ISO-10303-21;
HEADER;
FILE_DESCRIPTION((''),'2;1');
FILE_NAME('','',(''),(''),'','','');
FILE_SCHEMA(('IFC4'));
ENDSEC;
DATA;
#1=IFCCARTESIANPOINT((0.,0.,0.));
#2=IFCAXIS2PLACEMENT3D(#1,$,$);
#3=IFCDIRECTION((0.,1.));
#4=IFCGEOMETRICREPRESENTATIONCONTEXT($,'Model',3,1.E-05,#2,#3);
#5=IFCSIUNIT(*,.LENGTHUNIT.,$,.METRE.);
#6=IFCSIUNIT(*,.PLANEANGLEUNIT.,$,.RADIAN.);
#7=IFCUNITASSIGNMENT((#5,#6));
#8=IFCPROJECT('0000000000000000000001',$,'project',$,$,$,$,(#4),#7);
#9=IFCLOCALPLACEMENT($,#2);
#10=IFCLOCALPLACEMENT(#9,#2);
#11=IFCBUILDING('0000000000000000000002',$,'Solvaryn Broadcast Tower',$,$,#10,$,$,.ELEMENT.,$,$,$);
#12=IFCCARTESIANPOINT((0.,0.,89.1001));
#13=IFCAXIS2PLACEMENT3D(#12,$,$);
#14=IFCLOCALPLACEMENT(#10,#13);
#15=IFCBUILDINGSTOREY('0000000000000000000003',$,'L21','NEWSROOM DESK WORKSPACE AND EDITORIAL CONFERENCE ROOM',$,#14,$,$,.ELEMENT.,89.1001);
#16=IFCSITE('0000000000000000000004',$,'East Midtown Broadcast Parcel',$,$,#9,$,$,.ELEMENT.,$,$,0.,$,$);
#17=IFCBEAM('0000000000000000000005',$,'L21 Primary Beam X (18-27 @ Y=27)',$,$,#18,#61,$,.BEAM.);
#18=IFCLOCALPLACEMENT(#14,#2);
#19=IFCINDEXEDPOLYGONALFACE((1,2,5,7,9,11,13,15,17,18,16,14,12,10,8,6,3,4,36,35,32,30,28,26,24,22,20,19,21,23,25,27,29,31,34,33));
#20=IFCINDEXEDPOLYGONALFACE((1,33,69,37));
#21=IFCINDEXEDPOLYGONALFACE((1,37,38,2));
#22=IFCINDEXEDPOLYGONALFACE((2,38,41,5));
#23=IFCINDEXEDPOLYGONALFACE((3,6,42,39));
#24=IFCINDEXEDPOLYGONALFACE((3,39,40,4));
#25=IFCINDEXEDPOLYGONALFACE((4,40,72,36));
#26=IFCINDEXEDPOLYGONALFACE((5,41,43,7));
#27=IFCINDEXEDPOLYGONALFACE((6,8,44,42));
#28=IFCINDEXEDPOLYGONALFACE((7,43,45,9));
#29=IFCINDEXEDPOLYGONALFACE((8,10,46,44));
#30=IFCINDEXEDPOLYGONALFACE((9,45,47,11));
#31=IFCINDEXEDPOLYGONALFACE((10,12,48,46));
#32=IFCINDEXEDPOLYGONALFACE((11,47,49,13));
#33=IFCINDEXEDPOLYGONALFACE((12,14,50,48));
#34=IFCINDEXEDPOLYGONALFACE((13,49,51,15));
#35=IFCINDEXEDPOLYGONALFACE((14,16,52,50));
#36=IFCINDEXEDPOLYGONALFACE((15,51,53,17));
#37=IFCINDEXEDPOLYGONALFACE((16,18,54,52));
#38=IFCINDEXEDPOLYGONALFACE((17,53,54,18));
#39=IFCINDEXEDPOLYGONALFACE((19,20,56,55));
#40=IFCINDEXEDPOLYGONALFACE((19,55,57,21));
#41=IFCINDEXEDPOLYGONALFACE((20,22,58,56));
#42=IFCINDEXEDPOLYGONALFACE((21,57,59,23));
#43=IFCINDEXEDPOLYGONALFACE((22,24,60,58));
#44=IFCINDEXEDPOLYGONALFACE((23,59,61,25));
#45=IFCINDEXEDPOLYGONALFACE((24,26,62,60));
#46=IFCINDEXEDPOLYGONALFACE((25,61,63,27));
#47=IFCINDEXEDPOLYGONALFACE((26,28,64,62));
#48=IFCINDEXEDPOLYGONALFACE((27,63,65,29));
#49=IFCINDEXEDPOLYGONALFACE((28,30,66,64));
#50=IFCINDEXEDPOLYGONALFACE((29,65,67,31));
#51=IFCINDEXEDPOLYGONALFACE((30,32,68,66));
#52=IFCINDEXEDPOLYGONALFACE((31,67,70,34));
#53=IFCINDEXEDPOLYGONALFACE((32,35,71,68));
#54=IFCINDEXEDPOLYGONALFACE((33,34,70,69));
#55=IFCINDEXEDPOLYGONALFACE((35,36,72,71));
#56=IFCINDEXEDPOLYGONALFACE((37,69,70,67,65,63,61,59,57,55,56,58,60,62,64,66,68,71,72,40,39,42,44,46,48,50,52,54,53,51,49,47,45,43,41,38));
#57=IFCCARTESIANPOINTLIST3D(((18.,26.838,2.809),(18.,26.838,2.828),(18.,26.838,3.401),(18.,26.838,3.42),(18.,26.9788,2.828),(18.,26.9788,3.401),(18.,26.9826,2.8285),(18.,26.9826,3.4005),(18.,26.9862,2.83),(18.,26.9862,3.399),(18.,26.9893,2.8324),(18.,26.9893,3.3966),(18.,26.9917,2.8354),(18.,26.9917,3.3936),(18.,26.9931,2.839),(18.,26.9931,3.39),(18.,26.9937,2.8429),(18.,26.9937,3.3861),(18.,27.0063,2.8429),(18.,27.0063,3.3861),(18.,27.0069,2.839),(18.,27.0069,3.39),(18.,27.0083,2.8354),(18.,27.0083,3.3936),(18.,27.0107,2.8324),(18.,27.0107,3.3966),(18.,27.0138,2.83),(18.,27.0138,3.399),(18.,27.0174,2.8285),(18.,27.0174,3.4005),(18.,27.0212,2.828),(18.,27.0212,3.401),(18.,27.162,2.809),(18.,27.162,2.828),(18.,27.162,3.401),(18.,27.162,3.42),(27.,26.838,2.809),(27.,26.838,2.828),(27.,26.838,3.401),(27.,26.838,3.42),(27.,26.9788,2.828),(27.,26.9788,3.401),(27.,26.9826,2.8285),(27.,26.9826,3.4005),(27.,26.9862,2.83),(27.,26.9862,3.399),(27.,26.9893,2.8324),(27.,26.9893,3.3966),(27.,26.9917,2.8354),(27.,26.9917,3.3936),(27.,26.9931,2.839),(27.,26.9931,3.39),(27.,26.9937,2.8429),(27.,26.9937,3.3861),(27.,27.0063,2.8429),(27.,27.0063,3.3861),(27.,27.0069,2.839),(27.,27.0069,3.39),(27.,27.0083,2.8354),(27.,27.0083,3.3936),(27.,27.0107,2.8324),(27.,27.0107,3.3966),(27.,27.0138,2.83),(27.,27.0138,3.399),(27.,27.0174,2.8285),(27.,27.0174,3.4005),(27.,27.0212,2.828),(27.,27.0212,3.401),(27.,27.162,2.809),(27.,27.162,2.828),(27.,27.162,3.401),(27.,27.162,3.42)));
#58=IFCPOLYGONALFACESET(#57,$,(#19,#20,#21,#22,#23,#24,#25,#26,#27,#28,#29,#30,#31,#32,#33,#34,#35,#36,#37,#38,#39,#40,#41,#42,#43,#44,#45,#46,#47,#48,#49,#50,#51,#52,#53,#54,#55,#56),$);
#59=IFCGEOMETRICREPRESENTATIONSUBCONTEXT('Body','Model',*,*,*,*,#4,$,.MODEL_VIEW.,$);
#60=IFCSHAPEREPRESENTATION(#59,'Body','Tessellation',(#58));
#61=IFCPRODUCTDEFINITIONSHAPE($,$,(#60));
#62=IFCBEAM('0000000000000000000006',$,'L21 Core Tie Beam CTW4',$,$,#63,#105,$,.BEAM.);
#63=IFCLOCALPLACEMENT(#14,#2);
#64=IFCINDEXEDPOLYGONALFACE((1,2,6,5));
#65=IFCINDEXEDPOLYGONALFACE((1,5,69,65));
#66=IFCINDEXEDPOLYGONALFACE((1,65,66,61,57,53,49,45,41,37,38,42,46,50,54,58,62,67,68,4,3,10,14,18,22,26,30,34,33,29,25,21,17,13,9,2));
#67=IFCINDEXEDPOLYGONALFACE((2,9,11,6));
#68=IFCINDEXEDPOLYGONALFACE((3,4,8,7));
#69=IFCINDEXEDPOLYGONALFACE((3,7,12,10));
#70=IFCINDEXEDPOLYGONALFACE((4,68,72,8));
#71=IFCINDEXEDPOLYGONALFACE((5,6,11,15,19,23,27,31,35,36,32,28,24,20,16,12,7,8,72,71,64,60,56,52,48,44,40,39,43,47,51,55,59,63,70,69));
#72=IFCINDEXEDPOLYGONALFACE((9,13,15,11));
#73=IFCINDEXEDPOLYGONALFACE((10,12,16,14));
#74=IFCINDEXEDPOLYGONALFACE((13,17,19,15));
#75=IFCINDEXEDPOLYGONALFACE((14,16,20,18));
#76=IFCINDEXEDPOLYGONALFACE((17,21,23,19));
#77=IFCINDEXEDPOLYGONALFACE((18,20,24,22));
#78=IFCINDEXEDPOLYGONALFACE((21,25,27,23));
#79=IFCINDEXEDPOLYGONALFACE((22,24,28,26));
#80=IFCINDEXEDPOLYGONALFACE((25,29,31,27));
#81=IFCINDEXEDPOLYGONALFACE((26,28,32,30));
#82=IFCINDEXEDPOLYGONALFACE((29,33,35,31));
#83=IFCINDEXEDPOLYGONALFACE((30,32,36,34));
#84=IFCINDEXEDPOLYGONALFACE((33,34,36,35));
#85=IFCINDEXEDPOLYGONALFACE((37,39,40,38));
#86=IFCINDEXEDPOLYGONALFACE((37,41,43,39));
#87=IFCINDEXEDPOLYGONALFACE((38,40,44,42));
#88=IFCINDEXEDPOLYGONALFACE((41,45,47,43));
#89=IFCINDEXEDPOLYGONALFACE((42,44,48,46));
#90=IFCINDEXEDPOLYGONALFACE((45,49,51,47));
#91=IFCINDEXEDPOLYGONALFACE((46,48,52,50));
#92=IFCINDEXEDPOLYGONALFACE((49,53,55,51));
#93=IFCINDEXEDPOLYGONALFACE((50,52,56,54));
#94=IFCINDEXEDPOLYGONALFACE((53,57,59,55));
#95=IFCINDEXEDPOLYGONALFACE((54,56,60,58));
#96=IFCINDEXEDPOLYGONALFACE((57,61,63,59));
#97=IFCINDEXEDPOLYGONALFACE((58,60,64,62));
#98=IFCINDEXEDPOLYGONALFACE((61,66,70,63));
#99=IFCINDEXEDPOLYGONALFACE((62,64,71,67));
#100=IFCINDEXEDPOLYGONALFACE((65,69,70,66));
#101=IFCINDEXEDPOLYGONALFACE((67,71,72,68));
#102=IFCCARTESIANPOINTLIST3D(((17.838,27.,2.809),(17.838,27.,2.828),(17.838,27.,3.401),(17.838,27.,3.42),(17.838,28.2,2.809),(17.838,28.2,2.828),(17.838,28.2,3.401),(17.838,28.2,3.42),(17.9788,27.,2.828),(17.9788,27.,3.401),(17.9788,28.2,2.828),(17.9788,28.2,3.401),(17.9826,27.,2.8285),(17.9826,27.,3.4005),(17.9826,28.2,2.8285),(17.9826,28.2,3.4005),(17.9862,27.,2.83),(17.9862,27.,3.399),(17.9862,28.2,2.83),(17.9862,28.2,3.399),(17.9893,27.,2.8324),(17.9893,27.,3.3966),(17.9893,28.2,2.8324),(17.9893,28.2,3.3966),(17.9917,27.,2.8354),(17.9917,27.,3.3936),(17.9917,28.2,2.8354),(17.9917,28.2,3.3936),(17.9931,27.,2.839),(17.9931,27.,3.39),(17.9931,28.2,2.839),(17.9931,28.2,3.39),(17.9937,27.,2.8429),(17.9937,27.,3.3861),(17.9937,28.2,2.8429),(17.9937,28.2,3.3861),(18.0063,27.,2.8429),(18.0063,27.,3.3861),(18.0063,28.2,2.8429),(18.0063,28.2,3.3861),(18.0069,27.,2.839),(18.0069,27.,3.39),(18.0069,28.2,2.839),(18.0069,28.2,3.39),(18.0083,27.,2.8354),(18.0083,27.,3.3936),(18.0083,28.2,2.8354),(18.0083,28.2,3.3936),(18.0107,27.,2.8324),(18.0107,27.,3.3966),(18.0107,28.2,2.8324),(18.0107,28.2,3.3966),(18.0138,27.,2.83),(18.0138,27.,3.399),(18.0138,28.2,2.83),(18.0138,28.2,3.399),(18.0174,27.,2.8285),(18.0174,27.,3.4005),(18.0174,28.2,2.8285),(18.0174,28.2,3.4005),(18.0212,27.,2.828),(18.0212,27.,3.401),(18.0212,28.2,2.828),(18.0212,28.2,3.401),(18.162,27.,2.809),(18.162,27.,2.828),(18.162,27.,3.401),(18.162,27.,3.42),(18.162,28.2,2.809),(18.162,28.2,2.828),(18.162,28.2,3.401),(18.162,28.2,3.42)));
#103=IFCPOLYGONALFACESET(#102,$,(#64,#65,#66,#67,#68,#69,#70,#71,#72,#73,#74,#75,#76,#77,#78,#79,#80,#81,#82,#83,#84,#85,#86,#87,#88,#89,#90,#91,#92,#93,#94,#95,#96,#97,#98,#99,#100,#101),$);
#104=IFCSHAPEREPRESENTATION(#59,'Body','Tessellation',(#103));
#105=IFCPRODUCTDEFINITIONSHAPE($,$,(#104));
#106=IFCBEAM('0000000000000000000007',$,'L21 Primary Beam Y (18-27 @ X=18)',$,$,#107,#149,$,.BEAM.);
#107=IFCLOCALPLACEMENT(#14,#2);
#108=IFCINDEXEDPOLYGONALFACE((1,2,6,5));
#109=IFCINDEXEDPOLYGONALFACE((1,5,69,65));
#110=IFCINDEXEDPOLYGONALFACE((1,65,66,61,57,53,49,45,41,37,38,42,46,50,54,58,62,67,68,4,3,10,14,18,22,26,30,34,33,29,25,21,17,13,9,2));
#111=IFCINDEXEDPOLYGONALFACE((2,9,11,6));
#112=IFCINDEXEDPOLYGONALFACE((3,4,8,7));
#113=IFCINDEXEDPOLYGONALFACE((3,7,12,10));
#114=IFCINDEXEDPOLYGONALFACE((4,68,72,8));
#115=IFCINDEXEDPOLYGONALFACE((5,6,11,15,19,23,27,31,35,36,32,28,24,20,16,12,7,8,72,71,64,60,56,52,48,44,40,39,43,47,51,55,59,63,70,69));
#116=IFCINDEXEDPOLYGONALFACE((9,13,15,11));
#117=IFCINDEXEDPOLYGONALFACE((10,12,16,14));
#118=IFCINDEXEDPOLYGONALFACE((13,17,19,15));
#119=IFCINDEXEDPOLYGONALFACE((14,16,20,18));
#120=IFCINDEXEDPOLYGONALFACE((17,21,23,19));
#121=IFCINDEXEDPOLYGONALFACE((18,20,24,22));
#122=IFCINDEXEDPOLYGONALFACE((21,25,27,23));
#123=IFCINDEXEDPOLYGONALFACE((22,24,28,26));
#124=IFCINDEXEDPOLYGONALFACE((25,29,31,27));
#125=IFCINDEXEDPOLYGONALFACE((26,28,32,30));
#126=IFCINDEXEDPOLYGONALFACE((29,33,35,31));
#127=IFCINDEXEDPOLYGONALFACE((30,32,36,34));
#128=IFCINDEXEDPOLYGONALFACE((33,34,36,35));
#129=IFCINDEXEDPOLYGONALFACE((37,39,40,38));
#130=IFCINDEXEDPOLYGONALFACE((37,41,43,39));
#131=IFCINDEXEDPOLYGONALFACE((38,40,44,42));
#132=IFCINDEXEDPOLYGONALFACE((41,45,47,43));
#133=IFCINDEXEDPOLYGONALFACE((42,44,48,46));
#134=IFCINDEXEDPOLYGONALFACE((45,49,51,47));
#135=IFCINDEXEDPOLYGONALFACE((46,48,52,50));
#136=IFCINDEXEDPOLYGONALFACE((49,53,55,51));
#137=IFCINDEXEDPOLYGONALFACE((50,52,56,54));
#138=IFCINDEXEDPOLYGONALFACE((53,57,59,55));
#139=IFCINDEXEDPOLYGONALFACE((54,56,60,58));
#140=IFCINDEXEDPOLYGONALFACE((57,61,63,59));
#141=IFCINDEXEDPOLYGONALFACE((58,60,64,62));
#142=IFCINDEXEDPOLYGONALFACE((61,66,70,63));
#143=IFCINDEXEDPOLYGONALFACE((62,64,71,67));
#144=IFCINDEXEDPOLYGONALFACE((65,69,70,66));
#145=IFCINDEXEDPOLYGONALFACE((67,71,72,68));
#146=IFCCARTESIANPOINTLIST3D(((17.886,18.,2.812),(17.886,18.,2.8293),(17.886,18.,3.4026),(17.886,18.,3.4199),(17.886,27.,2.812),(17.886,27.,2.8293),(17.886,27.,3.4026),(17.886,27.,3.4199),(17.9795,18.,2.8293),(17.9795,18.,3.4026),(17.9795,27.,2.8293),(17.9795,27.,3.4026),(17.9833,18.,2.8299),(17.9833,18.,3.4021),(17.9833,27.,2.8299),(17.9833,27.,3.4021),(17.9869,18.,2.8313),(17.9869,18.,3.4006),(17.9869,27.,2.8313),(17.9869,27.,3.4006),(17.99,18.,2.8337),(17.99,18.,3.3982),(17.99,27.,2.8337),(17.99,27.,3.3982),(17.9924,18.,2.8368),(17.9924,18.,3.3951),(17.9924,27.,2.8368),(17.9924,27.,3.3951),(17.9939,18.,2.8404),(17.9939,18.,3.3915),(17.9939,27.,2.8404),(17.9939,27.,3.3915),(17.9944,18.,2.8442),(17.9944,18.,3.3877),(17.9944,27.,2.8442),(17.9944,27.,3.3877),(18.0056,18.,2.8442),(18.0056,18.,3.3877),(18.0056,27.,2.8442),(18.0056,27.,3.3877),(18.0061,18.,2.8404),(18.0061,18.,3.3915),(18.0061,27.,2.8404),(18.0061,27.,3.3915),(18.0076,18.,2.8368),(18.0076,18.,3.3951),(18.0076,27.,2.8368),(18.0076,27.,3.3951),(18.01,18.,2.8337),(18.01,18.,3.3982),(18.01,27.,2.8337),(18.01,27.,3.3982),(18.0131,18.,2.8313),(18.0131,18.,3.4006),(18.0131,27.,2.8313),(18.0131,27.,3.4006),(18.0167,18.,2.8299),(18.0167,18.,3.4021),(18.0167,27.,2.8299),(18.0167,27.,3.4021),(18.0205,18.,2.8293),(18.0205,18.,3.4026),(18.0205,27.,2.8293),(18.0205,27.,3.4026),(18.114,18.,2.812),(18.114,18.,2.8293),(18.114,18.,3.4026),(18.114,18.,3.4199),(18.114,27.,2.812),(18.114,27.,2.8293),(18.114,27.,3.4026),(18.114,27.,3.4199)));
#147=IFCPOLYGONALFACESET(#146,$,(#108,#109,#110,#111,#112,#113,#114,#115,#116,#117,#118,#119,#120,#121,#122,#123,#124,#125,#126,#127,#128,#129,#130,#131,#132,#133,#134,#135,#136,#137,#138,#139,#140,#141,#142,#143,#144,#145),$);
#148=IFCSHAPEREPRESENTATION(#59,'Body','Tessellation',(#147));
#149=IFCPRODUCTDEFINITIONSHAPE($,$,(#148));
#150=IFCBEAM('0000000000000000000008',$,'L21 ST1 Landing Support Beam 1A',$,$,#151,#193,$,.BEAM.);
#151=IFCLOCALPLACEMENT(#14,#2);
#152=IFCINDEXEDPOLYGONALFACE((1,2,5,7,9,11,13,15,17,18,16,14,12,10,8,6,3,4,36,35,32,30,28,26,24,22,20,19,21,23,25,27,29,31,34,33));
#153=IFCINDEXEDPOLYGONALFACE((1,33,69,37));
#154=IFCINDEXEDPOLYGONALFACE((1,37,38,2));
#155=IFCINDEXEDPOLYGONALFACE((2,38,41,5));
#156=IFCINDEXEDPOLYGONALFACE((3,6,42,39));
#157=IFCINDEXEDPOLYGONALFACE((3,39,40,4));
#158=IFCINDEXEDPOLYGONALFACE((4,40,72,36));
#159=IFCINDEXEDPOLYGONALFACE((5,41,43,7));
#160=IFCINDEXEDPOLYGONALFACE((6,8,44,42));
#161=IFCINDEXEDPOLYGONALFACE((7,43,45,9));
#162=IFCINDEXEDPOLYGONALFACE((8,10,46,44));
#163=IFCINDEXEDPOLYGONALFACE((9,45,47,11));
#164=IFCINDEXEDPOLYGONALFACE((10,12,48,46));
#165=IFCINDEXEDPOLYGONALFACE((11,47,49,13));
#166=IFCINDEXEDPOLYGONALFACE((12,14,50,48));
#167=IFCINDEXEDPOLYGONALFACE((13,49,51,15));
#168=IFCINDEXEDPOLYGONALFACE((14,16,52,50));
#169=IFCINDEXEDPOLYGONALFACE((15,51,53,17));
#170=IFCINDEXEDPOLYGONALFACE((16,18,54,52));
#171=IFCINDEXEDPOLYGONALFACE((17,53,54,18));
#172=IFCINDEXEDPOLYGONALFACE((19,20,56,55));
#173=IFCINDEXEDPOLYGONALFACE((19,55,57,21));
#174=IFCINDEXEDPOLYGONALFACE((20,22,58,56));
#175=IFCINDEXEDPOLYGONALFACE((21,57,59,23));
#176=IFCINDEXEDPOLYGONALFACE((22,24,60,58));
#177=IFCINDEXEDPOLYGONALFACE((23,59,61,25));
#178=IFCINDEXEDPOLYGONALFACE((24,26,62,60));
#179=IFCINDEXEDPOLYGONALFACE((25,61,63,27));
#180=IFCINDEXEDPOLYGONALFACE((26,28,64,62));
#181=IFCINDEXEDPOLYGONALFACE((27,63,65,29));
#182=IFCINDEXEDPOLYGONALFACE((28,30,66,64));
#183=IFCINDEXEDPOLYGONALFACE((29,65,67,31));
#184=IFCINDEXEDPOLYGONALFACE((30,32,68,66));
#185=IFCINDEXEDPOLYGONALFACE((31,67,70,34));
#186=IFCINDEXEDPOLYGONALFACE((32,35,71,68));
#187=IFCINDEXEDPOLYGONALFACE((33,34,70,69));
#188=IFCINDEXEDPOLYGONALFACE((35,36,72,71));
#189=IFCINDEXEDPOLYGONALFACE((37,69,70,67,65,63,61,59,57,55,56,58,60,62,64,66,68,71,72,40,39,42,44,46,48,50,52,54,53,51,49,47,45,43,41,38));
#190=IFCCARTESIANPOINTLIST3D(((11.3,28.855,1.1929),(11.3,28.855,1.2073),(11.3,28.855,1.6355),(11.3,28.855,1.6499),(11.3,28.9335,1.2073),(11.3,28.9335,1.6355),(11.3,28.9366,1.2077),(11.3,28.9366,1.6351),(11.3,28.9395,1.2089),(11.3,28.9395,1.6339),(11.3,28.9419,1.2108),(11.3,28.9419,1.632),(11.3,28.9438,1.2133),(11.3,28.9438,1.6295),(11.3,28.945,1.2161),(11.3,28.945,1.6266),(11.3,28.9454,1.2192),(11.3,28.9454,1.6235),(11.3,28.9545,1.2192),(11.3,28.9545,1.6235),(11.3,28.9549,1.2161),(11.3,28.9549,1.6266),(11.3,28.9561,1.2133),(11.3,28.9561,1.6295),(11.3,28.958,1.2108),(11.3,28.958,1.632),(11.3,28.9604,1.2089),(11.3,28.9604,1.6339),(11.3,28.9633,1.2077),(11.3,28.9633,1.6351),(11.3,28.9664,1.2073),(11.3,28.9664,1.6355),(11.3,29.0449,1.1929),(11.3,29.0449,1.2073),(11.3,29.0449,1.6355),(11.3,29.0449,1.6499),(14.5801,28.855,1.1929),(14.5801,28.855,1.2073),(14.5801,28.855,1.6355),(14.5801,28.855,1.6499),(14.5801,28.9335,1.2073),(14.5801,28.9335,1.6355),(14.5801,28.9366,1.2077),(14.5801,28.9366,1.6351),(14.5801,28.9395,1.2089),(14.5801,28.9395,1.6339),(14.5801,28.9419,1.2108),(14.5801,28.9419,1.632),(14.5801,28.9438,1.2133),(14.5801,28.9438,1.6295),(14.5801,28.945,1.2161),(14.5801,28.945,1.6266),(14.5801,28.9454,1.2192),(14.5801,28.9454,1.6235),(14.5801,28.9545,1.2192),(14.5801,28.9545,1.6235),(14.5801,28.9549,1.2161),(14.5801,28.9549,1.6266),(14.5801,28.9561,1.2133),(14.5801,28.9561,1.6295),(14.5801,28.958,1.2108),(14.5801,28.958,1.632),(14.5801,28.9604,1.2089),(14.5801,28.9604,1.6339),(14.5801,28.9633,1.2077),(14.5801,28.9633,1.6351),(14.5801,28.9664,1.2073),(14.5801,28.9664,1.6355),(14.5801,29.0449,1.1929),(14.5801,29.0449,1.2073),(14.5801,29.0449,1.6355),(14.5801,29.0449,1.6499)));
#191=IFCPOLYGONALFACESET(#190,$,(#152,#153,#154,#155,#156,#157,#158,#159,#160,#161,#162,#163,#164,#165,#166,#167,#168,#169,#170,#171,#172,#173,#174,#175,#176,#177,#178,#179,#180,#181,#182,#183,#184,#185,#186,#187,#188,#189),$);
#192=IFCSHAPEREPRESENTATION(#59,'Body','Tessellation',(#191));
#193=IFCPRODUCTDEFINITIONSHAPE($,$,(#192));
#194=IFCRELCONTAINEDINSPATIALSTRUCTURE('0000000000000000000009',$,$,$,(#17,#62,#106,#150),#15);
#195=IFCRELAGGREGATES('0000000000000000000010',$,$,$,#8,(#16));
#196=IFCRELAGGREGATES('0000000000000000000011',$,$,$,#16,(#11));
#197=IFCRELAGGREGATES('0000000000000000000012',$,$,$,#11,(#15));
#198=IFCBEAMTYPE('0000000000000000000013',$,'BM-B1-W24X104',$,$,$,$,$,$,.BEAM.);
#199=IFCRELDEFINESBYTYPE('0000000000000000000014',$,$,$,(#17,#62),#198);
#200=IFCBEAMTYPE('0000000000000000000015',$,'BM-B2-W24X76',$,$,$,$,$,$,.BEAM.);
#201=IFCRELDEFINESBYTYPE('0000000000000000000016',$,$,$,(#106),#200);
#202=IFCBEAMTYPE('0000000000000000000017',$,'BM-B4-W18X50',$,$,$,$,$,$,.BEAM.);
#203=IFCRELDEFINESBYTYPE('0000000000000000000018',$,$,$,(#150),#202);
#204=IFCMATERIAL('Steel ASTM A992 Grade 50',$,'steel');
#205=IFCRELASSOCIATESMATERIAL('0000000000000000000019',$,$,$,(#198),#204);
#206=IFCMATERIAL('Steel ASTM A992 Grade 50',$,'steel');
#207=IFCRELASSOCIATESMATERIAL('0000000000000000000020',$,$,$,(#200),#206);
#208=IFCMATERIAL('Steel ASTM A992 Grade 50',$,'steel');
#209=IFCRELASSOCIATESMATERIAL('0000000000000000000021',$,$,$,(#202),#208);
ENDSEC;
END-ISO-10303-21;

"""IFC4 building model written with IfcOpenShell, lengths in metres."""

from ifc_helpers import new_model, si_unit, direction, frame, origin, origin_2d, place, context, subcontext, project, spatial, i_section, extrude, material, material_profile, profile_set, type_object, element, save


model = new_model("IFC4")

# Units and contexts
model_context = context("Model", 3, precision=1e-05, world=origin(), true_north=direction((0.0, 1.0)))
body_context = subcontext(model_context, "Body", "Model", "MODEL_VIEW")
ifc_project = project(units=[si_unit("LENGTHUNIT", "METRE"), si_unit("PLANEANGLEUNIT", "RADIAN")], contexts=[model_context])

# Site, building, storey
site_placement = place(None, origin())
site = spatial("IfcSite", under=ifc_project, at=site_placement, Name="East Midtown Broadcast Parcel", CompositionType="ELEMENT", RefElevation=0.0)
building_placement = place(site_placement, origin())
building = spatial("IfcBuilding", under=site, at=building_placement, Name="Solvaryn Broadcast Tower", CompositionType="ELEMENT")
storey_placement = place(building_placement, frame((0.0, 0.0, 89.1001)))
storey = spatial("IfcBuildingStorey", under=building, at=storey_placement, Name="L21", Description="NEWSROOM DESK WORKSPACE AND EDITORIAL CONFERENCE ROOM", CompositionType="ELEMENT", Elevation=89.1001)

# Beams
ifc_material_1 = material(Name="Steel ASTM A992 Grade 50", Category="steel")
ifc_material_profile_1 = material_profile(ifc_material_1, i_section(OverallWidth=0.324, OverallDepth=0.6111, WebThickness=0.0127, FlangeThickness=0.019, FilletRadius=0.0149, at=origin_2d()))
ifc_profile_set_1 = profile_set([ifc_material_profile_1], Name="Steel ASTM A992 Grade 50")
beam_type_1 = type_object("IfcBeamType", Name="BM-B1-W24X104", PredefinedType="BEAM", material=ifc_profile_set_1)
for number, where, z_axis, x_axis, name in (
    (1, (18.0, 27.0, 3.1145), (1.0, 0.0, 0.0), (0.0, 1.0, 0.0), "L21 Primary Beam X (18-27 @ Y=27)"),
):
    element("IfcBeam", number, at=place(storey_placement, frame(where, z_axis=z_axis, x_axis=x_axis)), inside=storey, type_object=beam_type_1, Name=name, PredefinedType="BEAM", context=body_context, shape_type="SweptSolid", body=[
        extrude(i_section(OverallWidth=0.324, OverallDepth=0.6111, WebThickness=0.0127, FlangeThickness=0.019, FilletRadius=0.0149, at=origin_2d()), origin(), (0.0, 0.0, 1.0), 9.0),
    ])
beam_1_placement = place(storey_placement, frame((18.0, 27.0, 3.1145), z_axis=(0.0, 1.0, 0.0), x_axis=(-1.0, 0.0, 0.0)))
element("IfcBeam", 2, at=beam_1_placement, inside=storey, type_object=beam_type_1, Name="L21 Core Tie Beam CTW4", PredefinedType="BEAM", context=body_context, shape_type="SweptSolid", body=[
    extrude(i_section(OverallWidth=0.324, OverallDepth=0.6111, WebThickness=0.0127, FlangeThickness=0.019, FilletRadius=0.0149, at=origin_2d()), origin(), (0.0, 0.0, 1.0), 1.2),
])
ifc_material_2 = material(Name="Steel ASTM A992 Grade 50", Category="steel")
ifc_material_profile_2 = material_profile(ifc_material_2, i_section(OverallWidth=0.228, OverallDepth=0.6079, WebThickness=0.0112, FlangeThickness=0.0173, FilletRadius=0.0149, at=origin_2d()))
ifc_profile_set_2 = profile_set([ifc_material_profile_2], Name="Steel ASTM A992 Grade 50")
beam_type_2 = type_object("IfcBeamType", Name="BM-B2-W24X76", PredefinedType="BEAM", material=ifc_profile_set_2)
beam_2_placement = place(storey_placement, frame((18.0, 18.0, 3.116), z_axis=(0.0, 1.0, 0.0), x_axis=(-1.0, 0.0, 0.0)))
element("IfcBeam", 3, at=beam_2_placement, inside=storey, type_object=beam_type_2, Name="L21 Primary Beam Y (18-27 @ X=18)", PredefinedType="BEAM", context=body_context, shape_type="SweptSolid", body=[
    extrude(i_section(OverallWidth=0.228, OverallDepth=0.6079, WebThickness=0.0112, FlangeThickness=0.0173, FilletRadius=0.0149, at=origin_2d()), origin(), (0.0, 0.0, 1.0), 9.0),
])
ifc_material_3 = material(Name="Steel ASTM A992 Grade 50", Category="steel")
ifc_material_profile_3 = material_profile(ifc_material_3, i_section(OverallWidth=0.1899, OverallDepth=0.457, WebThickness=0.009, FlangeThickness=0.0144, FilletRadius=0.012, at=origin_2d()))
ifc_profile_set_3 = profile_set([ifc_material_profile_3], Name="Steel ASTM A992 Grade 50")
beam_type_3 = type_object("IfcBeamType", Name="BM-B4-W18X50", PredefinedType="BEAM", material=ifc_profile_set_3)
beam_3_placement = place(storey_placement, frame((11.3, 28.95, 1.4214), z_axis=(1.0, 0.0, 0.0), x_axis=(0.0, 1.0, 0.0)))
element("IfcBeam", 4, at=beam_3_placement, inside=storey, type_object=beam_type_3, Name="L21 ST1 Landing Support Beam 1A", PredefinedType="BEAM", context=body_context, shape_type="SweptSolid", body=[
    extrude(i_section(OverallWidth=0.1899, OverallDepth=0.457, WebThickness=0.009, FlangeThickness=0.0144, FilletRadius=0.012, at=origin_2d()), origin(), (0.0, 0.0, 1.0), 3.28),
])

save(model, "model.ifc")
